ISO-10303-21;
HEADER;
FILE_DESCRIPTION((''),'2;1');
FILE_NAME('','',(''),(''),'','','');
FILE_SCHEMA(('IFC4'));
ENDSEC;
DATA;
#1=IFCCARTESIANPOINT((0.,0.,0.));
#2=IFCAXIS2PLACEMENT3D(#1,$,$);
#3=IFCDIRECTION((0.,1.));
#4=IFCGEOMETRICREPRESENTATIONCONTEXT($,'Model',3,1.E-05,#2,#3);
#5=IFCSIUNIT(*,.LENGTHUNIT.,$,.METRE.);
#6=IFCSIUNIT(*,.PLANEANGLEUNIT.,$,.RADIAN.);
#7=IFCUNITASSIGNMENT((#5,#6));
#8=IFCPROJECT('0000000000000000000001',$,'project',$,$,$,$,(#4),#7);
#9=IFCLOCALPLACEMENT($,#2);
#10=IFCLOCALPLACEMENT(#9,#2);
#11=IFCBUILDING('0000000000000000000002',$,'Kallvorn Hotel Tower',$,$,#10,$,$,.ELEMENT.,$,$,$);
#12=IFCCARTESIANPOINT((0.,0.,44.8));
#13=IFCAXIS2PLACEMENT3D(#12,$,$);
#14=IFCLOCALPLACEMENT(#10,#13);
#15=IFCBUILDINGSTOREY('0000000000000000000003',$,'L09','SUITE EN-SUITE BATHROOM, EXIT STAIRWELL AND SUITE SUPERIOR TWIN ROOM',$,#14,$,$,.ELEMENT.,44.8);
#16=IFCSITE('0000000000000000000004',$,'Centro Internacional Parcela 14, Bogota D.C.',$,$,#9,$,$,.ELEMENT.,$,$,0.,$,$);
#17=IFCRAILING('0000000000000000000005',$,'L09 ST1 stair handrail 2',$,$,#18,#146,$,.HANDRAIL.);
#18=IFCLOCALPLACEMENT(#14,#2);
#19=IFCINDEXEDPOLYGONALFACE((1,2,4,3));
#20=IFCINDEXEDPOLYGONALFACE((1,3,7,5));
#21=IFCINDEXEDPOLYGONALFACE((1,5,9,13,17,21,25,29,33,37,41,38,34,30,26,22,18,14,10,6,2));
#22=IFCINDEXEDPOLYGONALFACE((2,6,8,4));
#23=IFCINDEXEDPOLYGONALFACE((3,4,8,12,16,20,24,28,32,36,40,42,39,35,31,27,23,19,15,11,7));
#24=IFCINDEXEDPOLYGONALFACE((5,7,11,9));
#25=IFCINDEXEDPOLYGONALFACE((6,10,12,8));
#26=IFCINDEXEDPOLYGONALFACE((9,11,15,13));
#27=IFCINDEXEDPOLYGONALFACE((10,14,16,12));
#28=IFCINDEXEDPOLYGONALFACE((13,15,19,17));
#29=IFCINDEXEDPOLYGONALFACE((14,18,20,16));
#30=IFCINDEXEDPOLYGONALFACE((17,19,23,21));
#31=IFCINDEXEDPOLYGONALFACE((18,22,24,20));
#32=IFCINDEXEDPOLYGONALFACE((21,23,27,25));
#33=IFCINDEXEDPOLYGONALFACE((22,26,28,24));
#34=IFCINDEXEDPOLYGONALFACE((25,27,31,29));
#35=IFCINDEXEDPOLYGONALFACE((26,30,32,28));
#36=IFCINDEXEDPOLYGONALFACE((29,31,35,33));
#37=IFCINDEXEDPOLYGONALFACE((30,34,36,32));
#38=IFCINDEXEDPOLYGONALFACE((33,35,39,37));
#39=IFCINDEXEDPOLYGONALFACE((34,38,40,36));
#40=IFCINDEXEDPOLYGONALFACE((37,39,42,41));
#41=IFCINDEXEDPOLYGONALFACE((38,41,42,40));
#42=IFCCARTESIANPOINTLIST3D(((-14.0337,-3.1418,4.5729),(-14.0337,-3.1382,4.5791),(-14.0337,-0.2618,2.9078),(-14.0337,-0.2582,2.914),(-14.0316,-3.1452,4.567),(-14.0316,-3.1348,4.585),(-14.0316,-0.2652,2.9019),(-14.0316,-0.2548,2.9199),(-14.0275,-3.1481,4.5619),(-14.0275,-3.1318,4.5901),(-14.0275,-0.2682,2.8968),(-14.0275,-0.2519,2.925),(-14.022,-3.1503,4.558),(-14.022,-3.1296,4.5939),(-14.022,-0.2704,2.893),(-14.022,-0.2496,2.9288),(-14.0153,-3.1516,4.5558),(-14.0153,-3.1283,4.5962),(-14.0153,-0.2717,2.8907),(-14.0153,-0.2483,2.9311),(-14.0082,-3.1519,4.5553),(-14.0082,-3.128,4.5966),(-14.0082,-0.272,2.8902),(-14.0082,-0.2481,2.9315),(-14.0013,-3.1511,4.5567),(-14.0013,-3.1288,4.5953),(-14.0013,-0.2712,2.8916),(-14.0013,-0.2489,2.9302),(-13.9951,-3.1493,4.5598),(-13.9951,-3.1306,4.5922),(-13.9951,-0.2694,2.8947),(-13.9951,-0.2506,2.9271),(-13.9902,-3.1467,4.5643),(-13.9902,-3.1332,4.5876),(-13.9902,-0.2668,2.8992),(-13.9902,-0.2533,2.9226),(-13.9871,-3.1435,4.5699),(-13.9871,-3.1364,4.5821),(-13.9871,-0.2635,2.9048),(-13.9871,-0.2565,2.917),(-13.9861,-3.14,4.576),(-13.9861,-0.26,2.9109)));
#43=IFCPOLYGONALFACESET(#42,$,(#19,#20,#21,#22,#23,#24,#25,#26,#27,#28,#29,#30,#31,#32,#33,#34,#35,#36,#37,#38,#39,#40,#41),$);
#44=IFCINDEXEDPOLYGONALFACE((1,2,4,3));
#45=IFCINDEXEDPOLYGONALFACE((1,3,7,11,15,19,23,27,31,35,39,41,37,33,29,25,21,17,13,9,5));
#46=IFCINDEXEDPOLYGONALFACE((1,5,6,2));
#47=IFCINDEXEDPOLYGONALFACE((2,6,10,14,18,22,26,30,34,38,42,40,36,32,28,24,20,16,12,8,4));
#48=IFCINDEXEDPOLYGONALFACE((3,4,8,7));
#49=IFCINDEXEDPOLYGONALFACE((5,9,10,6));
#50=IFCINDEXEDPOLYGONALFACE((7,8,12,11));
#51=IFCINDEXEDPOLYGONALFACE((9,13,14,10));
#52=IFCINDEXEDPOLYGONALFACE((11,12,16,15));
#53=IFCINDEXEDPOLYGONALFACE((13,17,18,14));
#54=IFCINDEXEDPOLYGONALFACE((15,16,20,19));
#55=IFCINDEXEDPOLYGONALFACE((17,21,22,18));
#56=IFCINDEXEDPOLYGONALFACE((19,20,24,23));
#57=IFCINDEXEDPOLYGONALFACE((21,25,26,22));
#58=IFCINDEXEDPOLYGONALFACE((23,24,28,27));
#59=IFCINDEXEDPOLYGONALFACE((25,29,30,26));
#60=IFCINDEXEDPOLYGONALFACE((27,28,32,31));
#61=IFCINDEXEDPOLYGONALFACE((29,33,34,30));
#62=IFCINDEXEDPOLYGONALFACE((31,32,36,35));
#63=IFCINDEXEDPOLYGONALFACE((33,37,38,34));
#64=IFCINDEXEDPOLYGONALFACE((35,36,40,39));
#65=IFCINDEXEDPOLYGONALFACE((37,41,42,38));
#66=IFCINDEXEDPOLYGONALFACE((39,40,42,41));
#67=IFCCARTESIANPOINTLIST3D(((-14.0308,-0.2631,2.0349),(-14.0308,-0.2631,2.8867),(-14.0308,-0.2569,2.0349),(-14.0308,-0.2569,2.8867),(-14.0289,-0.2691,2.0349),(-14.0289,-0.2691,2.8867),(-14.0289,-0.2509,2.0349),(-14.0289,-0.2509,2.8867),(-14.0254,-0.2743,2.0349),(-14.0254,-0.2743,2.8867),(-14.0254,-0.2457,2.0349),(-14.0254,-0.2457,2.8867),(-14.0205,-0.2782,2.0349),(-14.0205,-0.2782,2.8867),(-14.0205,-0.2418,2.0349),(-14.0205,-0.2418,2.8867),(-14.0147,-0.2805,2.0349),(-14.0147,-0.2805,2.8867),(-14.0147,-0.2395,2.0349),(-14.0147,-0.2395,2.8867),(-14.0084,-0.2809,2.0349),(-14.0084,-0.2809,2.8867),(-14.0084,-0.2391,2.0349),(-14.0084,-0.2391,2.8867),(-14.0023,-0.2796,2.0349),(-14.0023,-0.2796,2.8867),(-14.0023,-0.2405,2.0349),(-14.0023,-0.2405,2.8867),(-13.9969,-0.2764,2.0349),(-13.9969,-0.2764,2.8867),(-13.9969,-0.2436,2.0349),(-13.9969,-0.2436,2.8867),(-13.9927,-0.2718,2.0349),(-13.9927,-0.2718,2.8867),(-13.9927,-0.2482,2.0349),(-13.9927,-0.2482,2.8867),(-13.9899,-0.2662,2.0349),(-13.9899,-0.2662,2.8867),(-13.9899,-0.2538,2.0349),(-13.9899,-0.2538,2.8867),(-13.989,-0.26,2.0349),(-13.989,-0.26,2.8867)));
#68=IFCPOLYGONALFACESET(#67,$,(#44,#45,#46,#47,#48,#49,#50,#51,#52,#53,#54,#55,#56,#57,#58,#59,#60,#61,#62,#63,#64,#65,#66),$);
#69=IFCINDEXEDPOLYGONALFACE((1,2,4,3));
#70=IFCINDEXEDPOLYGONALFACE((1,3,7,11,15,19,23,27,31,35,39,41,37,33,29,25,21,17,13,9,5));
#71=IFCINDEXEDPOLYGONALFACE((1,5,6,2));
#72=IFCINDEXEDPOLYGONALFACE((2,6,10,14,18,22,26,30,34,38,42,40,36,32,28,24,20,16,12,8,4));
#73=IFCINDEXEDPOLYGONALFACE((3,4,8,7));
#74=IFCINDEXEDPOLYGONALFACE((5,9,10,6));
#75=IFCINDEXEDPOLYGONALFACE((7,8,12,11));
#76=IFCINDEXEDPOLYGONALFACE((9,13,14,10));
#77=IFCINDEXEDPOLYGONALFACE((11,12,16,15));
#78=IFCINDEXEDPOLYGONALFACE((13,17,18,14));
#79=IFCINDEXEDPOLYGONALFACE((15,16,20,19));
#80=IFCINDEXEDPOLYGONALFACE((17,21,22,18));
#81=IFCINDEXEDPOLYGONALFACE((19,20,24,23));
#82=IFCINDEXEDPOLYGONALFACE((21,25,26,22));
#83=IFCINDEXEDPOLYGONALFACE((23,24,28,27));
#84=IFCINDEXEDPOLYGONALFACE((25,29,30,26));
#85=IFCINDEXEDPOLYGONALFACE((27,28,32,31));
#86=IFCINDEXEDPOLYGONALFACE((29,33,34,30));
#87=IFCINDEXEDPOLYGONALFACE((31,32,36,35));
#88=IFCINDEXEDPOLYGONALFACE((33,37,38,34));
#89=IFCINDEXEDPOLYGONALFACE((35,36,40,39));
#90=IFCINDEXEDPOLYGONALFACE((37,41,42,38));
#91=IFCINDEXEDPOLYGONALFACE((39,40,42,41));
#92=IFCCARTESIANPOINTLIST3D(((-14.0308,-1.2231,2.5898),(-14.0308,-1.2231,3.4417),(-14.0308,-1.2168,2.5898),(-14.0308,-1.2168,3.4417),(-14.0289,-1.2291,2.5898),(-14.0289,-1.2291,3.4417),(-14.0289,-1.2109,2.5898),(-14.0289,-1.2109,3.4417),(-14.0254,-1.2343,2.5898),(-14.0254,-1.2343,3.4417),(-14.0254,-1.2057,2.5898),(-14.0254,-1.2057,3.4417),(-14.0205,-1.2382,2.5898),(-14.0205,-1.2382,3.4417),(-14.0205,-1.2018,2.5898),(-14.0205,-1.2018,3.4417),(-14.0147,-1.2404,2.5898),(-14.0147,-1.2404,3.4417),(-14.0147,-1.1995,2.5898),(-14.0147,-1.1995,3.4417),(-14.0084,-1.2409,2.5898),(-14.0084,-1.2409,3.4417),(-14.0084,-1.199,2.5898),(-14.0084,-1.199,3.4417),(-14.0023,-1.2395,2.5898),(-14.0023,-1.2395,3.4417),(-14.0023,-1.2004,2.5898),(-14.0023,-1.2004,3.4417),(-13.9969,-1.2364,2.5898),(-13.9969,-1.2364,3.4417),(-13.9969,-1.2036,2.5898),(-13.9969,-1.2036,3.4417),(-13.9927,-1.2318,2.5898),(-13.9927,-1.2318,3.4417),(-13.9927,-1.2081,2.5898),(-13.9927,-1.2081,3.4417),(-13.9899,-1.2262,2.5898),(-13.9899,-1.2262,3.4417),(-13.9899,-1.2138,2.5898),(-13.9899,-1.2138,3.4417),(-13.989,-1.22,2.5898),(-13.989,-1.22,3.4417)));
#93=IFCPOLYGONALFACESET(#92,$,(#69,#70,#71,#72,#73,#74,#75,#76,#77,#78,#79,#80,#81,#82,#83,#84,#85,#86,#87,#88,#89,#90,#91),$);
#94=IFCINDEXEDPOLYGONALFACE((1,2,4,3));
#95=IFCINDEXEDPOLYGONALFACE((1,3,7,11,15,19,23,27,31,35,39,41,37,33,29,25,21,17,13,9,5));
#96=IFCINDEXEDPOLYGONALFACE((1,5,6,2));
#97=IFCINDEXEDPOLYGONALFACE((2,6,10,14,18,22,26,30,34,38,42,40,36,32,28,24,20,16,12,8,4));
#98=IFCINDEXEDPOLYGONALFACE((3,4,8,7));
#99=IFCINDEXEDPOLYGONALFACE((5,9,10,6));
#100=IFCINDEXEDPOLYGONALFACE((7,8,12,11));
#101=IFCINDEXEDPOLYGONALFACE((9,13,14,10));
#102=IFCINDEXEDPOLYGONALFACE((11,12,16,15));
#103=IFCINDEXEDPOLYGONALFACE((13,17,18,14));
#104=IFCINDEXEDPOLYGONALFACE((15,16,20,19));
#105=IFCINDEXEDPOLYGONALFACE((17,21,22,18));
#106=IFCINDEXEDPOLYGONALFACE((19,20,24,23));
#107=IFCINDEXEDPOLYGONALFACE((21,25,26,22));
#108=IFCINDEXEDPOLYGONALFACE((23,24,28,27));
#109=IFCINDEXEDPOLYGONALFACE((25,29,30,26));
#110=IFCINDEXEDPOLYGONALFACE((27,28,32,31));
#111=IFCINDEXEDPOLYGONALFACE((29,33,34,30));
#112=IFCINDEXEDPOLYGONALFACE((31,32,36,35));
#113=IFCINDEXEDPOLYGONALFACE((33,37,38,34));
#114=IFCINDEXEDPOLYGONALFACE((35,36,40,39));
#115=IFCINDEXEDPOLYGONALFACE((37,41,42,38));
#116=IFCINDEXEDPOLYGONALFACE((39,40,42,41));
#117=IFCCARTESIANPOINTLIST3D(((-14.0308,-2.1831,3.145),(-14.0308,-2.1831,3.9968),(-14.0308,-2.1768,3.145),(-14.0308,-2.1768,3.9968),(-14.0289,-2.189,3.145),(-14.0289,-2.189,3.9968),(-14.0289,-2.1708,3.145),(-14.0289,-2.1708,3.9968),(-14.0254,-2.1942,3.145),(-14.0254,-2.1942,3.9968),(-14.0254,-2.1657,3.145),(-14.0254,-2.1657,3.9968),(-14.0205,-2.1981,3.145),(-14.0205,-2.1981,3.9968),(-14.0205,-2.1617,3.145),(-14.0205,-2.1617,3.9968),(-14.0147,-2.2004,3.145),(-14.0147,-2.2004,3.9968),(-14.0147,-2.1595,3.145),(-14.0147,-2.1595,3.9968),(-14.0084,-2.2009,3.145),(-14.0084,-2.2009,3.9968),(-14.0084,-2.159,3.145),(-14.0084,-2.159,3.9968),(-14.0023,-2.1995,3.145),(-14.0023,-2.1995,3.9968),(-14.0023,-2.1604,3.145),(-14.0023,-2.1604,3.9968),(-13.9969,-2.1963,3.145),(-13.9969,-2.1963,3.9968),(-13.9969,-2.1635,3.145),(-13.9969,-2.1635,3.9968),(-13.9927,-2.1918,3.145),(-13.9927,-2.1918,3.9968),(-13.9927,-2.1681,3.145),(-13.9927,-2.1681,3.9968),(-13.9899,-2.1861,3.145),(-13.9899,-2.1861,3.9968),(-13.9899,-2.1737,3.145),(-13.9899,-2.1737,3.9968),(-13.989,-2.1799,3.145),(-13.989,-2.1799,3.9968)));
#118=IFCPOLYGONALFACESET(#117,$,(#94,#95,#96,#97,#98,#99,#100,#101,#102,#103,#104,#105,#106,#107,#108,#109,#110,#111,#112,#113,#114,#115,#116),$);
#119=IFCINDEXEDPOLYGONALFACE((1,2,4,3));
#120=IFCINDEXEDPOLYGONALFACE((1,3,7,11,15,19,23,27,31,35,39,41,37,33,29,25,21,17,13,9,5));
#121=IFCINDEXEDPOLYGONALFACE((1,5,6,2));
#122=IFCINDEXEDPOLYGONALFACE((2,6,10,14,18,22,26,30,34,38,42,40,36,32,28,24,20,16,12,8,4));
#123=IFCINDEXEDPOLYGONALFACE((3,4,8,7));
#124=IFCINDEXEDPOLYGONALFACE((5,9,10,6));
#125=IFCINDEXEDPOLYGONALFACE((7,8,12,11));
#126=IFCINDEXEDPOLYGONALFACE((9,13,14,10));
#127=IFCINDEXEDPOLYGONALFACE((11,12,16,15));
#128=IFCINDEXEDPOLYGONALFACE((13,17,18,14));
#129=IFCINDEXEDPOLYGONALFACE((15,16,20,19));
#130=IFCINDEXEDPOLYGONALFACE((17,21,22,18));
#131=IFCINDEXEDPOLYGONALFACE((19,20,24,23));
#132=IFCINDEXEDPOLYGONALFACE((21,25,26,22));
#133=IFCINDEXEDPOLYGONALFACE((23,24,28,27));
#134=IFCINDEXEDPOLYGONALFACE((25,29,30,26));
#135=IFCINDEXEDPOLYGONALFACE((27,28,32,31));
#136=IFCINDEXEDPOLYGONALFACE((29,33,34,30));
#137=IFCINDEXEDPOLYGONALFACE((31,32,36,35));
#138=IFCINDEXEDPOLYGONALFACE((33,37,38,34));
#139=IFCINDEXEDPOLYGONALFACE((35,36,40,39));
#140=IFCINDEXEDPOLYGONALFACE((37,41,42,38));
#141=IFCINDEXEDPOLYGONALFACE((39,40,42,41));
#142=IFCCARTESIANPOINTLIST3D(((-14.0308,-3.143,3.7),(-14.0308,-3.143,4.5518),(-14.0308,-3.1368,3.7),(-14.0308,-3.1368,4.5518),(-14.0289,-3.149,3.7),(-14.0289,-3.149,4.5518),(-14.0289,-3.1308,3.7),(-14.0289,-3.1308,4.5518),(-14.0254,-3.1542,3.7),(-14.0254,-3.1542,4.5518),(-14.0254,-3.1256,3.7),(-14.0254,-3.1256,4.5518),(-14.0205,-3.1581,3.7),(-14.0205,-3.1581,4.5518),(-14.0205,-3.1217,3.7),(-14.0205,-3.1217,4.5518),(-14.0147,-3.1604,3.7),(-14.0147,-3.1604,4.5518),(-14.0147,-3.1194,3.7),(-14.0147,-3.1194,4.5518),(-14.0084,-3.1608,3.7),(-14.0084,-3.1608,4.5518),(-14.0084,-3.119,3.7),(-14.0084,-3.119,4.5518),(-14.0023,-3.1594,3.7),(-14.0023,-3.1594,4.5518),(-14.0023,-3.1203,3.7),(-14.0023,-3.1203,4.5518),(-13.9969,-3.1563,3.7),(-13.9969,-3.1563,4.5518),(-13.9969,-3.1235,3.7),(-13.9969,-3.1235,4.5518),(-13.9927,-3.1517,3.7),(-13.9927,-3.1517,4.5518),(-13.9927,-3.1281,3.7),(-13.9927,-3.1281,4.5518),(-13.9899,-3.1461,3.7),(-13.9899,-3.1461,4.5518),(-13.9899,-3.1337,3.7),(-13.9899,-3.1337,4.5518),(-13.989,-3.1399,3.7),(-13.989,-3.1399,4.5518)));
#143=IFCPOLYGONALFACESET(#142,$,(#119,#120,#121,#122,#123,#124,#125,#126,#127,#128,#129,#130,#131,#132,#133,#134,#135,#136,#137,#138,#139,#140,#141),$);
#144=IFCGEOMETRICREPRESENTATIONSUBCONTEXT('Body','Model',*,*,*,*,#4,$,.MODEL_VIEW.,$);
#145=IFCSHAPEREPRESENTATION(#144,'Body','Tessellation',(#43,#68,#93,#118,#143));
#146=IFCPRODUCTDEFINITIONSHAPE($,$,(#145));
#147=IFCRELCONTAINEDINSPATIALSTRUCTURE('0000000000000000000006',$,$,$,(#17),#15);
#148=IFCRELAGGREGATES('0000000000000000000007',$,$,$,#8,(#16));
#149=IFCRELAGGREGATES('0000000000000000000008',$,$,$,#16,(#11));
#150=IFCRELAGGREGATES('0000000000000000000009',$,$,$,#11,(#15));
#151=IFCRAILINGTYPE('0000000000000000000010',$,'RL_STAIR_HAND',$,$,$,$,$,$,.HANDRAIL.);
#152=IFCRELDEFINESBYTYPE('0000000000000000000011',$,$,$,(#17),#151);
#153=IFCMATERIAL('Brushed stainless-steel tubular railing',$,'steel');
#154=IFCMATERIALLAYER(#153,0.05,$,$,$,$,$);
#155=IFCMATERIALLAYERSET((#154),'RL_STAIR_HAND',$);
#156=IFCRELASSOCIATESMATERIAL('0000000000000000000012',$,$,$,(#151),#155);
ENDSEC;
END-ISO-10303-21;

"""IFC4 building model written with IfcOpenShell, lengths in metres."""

from ifc_helpers import new_model, si_unit, direction, frame, origin, origin_2d, place, context, subcontext, project, spatial, circle, extrude, material, layer, layer_set, type_object, element, save


model = new_model("IFC4")

# Units and contexts
model_context = context("Model", 3, precision=1e-05, world=origin(), true_north=direction((0.0, 1.0)))
body_context = subcontext(model_context, "Body", "Model", "MODEL_VIEW")
ifc_project = project(units=[si_unit("LENGTHUNIT", "METRE"), si_unit("PLANEANGLEUNIT", "RADIAN")], contexts=[model_context])

# Site, building, storey
site_placement = place(None, origin())
site = spatial("IfcSite", under=ifc_project, at=site_placement, Name="Centro Internacional Parcela 14, Bogota D.C.", CompositionType="ELEMENT", RefElevation=0.0)
building_placement = place(site_placement, origin())
building = spatial("IfcBuilding", under=site, at=building_placement, Name="Kallvorn Hotel Tower", CompositionType="ELEMENT")
storey_placement = place(building_placement, frame((0.0, 0.0, 44.8)))
storey = spatial("IfcBuildingStorey", under=building, at=storey_placement, Name="L09", Description="SUITE EN-SUITE BATHROOM, EXIT STAIRWELL AND SUITE SUPERIOR TWIN ROOM", CompositionType="ELEMENT", Elevation=44.8)

# Railing
ifc_material_1 = material(Name="Brushed stainless-steel tubular railing", Category="steel")
ifc_layer_1 = layer(ifc_material_1, 0.05)
ifc_layer_set_1 = layer_set([ifc_layer_1], Name="RL_STAIR_HAND")
railing_type_1 = type_object("IfcRailingType", Name="RL_STAIR_HAND", PredefinedType="HANDRAIL", material=ifc_layer_set_1)
railing_1_placement = place(storey_placement, frame((-14.01, -0.26, 2.0349)))
element("IfcRailing", 1, at=railing_1_placement, inside=storey, type_object=railing_type_1, Name="L09 ST1 stair handrail 2", PredefinedType="HANDRAIL", context=body_context, shape_type="SweptSolid", body=[
    extrude(circle(Radius=0.0239, at=origin_2d()), frame((0.0, 0.0, 0.876), z_axis=(0.0, -0.865721, 0.500527), x_axis=(1.0, 0.0, 0.0)), (0.0, 0.0, 1.0), 3.3267),
    extrude(circle(Radius=0.021, at=origin_2d()), origin(), (0.0, 0.0, 1.0), 0.8518),
    extrude(circle(Radius=0.021, at=origin_2d()), frame((0.0, -0.96, 0.5549)), (0.0, 0.0, 1.0), 0.8518),
    extrude(circle(Radius=0.021, at=origin_2d()), frame((0.0, -1.9199, 1.1101)), (0.0, 0.0, 1.0), 0.8518),
    extrude(circle(Radius=0.021, at=origin_2d()), frame((0.0, -2.8799, 1.665)), (0.0, 0.0, 1.0), 0.8518),
])

save(model, "model.ifc")
